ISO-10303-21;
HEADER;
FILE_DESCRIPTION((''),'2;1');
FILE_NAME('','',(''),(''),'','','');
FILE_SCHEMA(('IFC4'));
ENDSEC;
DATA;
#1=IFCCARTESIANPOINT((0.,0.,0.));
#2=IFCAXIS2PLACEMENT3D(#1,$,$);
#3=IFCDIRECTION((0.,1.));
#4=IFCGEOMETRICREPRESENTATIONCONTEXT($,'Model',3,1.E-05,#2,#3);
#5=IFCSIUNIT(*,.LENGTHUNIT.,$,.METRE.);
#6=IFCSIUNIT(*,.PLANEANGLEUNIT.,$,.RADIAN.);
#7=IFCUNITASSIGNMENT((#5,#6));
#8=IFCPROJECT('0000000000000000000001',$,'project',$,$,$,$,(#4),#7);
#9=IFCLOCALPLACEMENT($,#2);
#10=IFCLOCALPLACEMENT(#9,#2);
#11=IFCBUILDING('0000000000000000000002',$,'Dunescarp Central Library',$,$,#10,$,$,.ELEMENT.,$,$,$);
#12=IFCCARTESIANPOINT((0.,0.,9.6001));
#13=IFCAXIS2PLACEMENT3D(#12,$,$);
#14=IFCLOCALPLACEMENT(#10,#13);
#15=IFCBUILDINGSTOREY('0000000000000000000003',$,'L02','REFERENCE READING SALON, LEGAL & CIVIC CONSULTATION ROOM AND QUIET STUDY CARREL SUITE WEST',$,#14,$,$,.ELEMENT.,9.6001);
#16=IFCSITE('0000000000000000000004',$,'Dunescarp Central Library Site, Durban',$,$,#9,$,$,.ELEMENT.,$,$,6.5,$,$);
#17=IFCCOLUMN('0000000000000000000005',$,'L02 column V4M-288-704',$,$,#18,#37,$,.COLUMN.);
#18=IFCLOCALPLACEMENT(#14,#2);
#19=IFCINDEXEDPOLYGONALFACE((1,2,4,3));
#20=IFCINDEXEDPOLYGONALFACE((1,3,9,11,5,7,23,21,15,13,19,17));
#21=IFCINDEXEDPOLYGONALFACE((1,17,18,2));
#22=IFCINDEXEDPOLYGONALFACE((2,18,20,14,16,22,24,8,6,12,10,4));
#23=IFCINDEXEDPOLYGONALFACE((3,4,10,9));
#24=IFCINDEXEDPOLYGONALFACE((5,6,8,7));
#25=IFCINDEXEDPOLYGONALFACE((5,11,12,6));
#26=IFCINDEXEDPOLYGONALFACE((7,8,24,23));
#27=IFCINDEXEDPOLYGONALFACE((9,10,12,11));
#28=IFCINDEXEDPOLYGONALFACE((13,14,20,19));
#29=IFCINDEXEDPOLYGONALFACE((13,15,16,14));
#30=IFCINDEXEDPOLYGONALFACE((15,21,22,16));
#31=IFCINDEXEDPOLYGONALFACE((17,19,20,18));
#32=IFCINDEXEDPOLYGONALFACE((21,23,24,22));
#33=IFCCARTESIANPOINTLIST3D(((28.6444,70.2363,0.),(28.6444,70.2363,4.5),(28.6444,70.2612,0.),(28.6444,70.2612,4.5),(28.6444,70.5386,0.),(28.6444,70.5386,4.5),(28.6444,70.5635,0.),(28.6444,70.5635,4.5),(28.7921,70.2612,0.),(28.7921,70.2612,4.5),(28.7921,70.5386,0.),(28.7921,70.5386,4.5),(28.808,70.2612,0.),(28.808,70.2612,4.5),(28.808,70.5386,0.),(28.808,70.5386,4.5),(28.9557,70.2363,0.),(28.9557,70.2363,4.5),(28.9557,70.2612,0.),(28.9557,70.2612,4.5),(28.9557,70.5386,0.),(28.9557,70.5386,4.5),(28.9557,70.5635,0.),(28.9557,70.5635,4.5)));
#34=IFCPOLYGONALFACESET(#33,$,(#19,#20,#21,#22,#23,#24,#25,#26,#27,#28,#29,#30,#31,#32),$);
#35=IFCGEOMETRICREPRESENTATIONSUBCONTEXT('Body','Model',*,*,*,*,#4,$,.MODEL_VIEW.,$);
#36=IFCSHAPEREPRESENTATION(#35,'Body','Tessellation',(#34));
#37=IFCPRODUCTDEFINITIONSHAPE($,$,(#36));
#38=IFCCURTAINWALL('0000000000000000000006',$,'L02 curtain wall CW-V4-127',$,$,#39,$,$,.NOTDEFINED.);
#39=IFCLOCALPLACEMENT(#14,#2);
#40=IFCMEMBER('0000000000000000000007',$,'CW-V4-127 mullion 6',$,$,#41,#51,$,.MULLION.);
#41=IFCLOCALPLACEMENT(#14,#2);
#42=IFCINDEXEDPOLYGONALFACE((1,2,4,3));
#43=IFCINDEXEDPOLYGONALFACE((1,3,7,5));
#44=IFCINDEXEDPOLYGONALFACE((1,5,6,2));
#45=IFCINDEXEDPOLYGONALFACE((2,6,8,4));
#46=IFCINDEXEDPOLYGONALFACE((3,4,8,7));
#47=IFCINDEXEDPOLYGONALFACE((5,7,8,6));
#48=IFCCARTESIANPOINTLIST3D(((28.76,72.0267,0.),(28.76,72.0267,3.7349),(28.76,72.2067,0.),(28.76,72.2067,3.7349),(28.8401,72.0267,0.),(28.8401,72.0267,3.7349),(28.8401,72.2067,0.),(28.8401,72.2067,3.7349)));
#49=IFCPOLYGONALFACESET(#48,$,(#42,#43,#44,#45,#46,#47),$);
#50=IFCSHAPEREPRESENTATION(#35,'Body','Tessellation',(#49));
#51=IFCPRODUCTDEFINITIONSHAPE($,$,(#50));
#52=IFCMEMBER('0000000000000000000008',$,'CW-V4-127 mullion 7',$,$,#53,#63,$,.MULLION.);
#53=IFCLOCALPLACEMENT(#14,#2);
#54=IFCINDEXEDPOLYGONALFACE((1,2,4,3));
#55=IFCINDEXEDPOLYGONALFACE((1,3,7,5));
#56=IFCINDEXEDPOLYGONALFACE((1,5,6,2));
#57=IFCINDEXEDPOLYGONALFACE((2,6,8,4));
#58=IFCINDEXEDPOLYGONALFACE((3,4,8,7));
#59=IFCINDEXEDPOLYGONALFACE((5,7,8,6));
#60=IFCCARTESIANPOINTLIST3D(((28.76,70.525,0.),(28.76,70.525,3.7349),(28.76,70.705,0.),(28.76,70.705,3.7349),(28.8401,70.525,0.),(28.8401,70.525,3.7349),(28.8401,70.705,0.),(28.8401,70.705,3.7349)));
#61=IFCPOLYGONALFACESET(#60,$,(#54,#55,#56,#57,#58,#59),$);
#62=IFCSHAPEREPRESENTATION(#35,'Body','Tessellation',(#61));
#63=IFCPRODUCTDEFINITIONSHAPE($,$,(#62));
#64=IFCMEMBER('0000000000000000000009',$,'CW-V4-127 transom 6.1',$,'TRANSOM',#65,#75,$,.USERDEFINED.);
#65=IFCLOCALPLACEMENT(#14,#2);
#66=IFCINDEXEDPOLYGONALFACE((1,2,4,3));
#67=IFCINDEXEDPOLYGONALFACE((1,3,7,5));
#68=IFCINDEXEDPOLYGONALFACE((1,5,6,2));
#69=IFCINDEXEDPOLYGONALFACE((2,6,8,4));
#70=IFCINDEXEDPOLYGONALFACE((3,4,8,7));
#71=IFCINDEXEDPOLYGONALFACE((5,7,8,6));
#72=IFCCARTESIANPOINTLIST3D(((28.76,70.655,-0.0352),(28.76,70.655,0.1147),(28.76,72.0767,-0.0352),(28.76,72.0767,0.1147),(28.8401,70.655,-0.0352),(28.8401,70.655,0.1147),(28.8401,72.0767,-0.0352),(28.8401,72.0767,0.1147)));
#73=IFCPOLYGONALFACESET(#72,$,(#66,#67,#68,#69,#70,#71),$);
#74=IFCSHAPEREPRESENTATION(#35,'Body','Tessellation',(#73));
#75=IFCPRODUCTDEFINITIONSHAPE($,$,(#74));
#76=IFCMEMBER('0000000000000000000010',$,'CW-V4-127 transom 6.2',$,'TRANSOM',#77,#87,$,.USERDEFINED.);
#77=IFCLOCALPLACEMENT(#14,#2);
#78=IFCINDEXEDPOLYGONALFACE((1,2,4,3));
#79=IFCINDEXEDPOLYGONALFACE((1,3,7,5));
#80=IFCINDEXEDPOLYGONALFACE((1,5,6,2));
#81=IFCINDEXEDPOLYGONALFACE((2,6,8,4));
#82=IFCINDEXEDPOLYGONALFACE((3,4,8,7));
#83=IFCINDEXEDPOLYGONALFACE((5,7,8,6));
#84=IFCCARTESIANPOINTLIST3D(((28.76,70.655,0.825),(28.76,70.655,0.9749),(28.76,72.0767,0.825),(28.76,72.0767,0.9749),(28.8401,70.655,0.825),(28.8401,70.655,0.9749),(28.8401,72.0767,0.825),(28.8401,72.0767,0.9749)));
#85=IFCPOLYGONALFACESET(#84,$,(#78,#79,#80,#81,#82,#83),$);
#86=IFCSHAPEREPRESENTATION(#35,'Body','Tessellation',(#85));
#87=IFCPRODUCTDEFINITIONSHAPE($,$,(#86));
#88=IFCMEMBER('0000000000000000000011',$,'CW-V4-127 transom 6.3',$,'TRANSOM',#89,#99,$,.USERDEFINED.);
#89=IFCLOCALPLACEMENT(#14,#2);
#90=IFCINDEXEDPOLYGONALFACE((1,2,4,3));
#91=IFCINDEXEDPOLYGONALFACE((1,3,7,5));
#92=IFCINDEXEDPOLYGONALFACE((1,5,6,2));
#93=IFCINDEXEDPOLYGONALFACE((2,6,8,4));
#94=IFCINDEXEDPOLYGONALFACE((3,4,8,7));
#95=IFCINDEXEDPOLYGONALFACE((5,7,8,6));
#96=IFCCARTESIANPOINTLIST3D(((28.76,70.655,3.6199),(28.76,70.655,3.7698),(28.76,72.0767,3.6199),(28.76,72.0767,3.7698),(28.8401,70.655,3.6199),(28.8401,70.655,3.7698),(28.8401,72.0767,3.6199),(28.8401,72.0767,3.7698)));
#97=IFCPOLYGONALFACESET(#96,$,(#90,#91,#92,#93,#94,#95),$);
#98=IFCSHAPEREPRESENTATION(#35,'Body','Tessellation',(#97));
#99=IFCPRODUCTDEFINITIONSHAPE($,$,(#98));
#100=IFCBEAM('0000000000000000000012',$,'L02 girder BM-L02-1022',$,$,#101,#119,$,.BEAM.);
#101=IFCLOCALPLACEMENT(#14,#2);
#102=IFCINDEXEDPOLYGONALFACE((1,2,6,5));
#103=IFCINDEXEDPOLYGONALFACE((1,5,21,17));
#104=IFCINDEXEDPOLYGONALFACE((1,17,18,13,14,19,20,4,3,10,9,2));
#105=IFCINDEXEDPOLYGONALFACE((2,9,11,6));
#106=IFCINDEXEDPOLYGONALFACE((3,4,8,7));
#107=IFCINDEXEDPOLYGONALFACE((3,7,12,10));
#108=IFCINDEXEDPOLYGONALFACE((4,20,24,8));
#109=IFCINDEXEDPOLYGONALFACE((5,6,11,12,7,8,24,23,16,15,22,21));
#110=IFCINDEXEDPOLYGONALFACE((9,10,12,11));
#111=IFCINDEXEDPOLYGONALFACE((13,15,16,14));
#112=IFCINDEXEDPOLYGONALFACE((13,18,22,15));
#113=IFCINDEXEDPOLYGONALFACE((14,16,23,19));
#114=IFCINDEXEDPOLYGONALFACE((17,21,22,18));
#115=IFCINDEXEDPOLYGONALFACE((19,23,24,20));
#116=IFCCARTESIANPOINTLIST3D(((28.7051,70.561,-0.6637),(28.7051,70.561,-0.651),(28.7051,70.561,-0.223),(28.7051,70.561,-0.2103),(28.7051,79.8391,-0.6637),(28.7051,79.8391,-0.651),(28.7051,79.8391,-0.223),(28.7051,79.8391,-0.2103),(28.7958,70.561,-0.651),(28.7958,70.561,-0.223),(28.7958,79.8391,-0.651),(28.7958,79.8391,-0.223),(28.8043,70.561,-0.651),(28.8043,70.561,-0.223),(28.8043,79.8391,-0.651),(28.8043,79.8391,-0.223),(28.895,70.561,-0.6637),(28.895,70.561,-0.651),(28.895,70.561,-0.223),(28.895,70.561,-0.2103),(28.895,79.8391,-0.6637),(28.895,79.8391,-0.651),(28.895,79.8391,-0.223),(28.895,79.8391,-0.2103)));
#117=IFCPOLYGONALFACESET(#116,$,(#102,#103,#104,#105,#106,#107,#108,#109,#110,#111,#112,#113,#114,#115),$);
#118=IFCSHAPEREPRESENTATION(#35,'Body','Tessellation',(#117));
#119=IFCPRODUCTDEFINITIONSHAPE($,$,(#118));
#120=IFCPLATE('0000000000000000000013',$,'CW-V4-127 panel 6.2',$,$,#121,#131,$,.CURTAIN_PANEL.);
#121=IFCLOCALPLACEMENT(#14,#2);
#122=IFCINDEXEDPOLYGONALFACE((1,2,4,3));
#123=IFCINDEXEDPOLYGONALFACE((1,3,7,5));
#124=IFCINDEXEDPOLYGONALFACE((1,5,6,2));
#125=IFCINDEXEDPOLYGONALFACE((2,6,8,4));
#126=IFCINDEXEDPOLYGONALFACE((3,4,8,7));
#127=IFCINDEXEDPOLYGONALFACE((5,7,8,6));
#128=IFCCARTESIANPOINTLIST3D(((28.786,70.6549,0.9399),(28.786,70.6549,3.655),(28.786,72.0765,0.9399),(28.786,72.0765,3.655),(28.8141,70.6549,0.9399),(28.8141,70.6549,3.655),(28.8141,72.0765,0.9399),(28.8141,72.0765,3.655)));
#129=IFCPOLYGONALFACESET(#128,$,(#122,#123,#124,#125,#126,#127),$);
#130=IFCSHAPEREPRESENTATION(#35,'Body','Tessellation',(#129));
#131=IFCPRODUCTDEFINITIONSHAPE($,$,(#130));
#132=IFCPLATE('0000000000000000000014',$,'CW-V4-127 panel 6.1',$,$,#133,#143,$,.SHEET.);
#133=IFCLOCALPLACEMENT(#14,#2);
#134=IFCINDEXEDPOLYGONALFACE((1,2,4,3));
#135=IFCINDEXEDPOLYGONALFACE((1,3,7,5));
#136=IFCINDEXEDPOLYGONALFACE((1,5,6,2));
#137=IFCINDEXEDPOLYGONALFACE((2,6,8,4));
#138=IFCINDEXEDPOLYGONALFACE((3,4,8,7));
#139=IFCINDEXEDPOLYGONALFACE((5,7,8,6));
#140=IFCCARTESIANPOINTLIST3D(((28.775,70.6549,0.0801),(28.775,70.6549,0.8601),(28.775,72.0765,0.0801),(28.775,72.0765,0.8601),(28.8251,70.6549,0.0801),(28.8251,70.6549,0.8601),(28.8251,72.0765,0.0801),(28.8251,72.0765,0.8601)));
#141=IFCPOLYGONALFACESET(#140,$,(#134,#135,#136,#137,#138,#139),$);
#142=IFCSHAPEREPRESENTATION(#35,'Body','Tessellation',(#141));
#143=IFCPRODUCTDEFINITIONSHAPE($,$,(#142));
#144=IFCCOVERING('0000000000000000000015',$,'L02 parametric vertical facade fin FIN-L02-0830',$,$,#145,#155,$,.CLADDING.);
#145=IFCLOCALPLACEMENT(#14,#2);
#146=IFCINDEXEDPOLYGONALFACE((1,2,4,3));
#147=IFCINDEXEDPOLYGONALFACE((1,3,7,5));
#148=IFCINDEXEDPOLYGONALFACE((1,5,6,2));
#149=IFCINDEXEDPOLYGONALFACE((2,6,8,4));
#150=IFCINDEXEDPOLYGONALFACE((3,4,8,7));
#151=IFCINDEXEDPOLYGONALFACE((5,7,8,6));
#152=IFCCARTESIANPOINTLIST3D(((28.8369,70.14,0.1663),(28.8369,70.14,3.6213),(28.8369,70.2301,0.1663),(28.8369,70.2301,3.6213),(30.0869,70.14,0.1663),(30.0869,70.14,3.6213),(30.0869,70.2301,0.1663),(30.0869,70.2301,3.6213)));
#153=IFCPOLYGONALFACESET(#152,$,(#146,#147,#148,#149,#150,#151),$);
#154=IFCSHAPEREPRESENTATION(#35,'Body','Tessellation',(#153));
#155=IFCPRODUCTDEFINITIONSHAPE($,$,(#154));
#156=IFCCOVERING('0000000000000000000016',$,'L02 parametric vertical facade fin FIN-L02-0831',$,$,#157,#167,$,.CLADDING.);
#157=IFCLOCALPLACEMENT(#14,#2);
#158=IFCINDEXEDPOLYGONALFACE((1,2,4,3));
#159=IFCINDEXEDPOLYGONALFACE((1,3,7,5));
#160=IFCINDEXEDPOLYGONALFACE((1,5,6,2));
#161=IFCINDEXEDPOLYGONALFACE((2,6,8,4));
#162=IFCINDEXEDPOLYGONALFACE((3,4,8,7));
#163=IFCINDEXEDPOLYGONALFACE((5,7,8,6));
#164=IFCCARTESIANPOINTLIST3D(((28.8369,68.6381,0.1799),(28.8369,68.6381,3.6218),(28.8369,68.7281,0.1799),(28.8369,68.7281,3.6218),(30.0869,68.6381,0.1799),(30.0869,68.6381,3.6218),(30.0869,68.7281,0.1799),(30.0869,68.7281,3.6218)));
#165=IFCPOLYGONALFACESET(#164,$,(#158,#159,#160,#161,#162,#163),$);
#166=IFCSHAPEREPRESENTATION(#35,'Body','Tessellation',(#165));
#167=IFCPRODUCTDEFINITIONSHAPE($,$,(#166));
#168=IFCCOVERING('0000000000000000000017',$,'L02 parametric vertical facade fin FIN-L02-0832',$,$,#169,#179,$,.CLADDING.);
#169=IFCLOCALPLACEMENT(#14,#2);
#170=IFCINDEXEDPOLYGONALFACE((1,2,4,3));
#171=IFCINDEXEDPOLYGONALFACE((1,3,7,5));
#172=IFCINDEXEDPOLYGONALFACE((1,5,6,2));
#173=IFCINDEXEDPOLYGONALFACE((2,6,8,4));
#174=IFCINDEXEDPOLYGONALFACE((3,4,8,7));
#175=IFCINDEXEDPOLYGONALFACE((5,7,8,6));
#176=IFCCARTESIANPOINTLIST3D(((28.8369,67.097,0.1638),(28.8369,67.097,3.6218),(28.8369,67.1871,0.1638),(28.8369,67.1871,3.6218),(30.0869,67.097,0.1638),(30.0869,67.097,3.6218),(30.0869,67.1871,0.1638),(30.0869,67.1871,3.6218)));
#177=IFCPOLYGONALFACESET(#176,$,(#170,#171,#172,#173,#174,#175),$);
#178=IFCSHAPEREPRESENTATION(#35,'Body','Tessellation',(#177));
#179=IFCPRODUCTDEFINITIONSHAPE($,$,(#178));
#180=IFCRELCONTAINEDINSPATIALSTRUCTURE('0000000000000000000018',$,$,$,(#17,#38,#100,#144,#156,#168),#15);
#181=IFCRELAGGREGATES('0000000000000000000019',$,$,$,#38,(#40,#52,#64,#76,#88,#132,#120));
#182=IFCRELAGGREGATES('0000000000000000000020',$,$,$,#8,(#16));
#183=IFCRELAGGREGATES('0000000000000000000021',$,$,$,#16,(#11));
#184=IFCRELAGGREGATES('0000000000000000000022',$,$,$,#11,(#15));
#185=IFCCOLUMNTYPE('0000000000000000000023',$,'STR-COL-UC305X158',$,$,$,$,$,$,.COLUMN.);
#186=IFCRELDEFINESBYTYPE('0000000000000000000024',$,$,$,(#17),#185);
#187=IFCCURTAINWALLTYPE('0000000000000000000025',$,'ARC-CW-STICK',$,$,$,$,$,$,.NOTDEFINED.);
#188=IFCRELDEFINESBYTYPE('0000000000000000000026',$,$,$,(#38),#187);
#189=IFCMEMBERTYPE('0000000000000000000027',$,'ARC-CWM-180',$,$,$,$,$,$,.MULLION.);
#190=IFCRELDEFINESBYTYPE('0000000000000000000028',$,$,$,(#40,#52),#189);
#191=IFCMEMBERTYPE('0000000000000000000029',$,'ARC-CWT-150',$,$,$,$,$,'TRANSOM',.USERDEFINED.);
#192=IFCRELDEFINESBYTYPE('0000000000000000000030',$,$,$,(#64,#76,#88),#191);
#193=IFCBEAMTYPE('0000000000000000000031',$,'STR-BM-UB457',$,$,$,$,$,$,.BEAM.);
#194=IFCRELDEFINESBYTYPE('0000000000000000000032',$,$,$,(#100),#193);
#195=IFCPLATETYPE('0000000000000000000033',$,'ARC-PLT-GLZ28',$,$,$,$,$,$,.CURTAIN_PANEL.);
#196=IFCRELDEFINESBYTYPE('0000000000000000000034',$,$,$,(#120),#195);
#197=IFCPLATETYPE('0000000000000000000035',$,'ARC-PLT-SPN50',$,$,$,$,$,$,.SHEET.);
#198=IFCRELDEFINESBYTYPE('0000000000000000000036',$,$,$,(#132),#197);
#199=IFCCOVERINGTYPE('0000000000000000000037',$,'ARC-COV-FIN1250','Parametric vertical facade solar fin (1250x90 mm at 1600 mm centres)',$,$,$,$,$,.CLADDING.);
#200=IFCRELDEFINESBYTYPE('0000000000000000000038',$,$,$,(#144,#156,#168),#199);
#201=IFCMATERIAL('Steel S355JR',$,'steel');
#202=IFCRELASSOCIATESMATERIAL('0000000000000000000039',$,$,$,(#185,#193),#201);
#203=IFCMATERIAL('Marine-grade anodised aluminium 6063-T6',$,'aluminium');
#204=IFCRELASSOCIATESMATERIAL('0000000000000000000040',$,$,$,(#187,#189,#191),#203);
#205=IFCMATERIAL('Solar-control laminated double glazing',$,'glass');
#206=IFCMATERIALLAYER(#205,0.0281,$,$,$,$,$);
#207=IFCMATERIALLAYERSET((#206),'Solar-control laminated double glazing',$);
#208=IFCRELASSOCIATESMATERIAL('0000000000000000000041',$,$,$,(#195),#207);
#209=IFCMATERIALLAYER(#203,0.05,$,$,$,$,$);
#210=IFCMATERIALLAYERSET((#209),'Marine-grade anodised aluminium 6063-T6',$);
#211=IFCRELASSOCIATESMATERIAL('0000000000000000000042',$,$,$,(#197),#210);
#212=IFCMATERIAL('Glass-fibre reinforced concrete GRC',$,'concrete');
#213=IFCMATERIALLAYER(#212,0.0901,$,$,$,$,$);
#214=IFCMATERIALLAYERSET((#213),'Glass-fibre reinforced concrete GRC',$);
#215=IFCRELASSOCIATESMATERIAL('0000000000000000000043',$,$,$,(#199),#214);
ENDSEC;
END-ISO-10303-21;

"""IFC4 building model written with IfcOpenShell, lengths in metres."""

from ifc_helpers import new_model, si_unit, direction, frame, origin, origin_2d, place, context, subcontext, project, spatial, rectangle, i_section, extrude, material, layer, layer_set, material_profile, profile_set, type_object, element, aggregate, save


model = new_model("IFC4")

# Units and contexts
model_context = context("Model", 3, precision=1e-05, world=origin(), true_north=direction((0.0, 1.0)))
body_context = subcontext(model_context, "Body", "Model", "MODEL_VIEW")
ifc_project = project(units=[si_unit("LENGTHUNIT", "METRE"), si_unit("PLANEANGLEUNIT", "RADIAN")], contexts=[model_context])

# Site, building, storey
site_placement = place(None, origin())
site = spatial("IfcSite", under=ifc_project, at=site_placement, Name="Dunescarp Central Library Site, Durban", CompositionType="ELEMENT", RefElevation=6.5)
building_placement = place(site_placement, origin())
building = spatial("IfcBuilding", under=site, at=building_placement, Name="Dunescarp Central Library", CompositionType="ELEMENT")
storey_placement = place(building_placement, frame((0.0, 0.0, 9.6001)))
storey = spatial("IfcBuildingStorey", under=building, at=storey_placement, Name="L02", Description="REFERENCE READING SALON, LEGAL & CIVIC CONSULTATION ROOM AND QUIET STUDY CARREL SUITE WEST", CompositionType="ELEMENT", Elevation=9.6001)

# Column
ifc_material_1 = material(Name="Steel S355JR", Category="steel")
ifc_material_profile_1 = material_profile(ifc_material_1, i_section(OverallWidth=0.3113, OverallDepth=0.3271, WebThickness=0.0159, FlangeThickness=0.0249, at=origin_2d()), Name="UC 305x305x158")
ifc_profile_set_1 = profile_set([ifc_material_profile_1], Name="Steel S355JR")
column_type = type_object("IfcColumnType", Name="STR-COL-UC305X158", PredefinedType="COLUMN", material=ifc_profile_set_1)
column_placement = place(storey_placement, frame((28.8, 70.3999, 0.0), z_axis=(0.0, 0.0, 1.0), x_axis=(1.0, 0.0, 0.0)))
element("IfcColumn", 1, at=column_placement, inside=storey, type_object=column_type, Name="L02 column V4M-288-704", PredefinedType="COLUMN", context=body_context, shape_type="SweptSolid", body=[
    extrude(i_section(OverallWidth=0.3113, OverallDepth=0.3271, WebThickness=0.0159, FlangeThickness=0.0249, at=origin_2d()), origin(), (0.0, 0.0, 1.0), 4.5),
])

# Curtain wall, members
ifc_material_2 = material(Name="Marine-grade anodised aluminium 6063-T6", Category="aluminium")
curtain_wall_type = type_object("IfcCurtainWallType", Name="ARC-CW-STICK", PredefinedType="NOTDEFINED", material=ifc_material_2)
curtain_wall_placement = place(storey_placement, origin())
curtain_wall = element("IfcCurtainWall", 2, at=curtain_wall_placement, inside=storey, type_object=curtain_wall_type, Name="L02 curtain wall CW-V4-127", PredefinedType="NOTDEFINED")
ifc_material_profile_2 = material_profile(ifc_material_2, rectangle(XDim=0.0801, YDim=0.1799, at=origin_2d()), Name="AL 80x180")
ifc_profile_set_2 = profile_set([ifc_material_profile_2], Name="Marine-grade anodised aluminium 6063-T6")
member_type_1 = type_object("IfcMemberType", Name="ARC-CWM-180", PredefinedType="MULLION", material=ifc_profile_set_2)
member_1_placement = place(storey_placement, frame((28.8, 72.1167, 0.0), z_axis=(0.0, 0.0, 1.0), x_axis=(1.0, 0.0, 0.0)))
member_1 = element("IfcMember", 3, at=member_1_placement, type_object=member_type_1, Name="CW-V4-127 mullion 6", PredefinedType="MULLION", context=body_context, shape_type="SweptSolid", body=[
    extrude(rectangle(XDim=0.0801, YDim=0.1799, at=origin_2d()), origin(), (0.0, 0.0, 1.0), 3.7349),
])
member_2_placement = place(storey_placement, frame((28.8, 70.615, 0.0), z_axis=(0.0, 0.0, 1.0), x_axis=(1.0, 0.0, 0.0)))
member_2 = element("IfcMember", 4, at=member_2_placement, type_object=member_type_1, Name="CW-V4-127 mullion 7", PredefinedType="MULLION", context=body_context, shape_type="SweptSolid", body=[
    extrude(rectangle(XDim=0.0801, YDim=0.1799, at=origin_2d()), origin(), (0.0, 0.0, 1.0), 3.7349),
])
ifc_material_profile_3 = material_profile(ifc_material_2, rectangle(XDim=0.0801, YDim=0.1499, at=origin_2d()), Name="AL 80x150")
ifc_profile_set_3 = profile_set([ifc_material_profile_3], Name="Marine-grade anodised aluminium 6063-T6")
member_type_2 = type_object("IfcMemberType", Name="ARC-CWT-150", ElementType="TRANSOM", PredefinedType="USERDEFINED", material=ifc_profile_set_3)
member_3_placement = place(storey_placement, frame((28.8, 72.0767, 0.0398), z_axis=(0.0, -1.0, 0.0), x_axis=(1.0, 0.0, 0.0)))
member_3 = element("IfcMember", 5, at=member_3_placement, type_object=member_type_2, Name="CW-V4-127 transom 6.1", ObjectType="TRANSOM", PredefinedType="USERDEFINED", context=body_context, shape_type="SweptSolid", body=[
    extrude(rectangle(XDim=0.0801, YDim=0.1499, at=origin_2d()), origin(), (0.0, 0.0, 1.0), 1.4216),
])
member_4_placement = place(storey_placement, frame((28.8, 72.0767, 0.8999), z_axis=(0.0, -1.0, 0.0), x_axis=(1.0, 0.0, 0.0)))
member_4 = element("IfcMember", 6, at=member_4_placement, type_object=member_type_2, Name="CW-V4-127 transom 6.2", ObjectType="TRANSOM", PredefinedType="USERDEFINED", context=body_context, shape_type="SweptSolid", body=[
    extrude(rectangle(XDim=0.0801, YDim=0.1499, at=origin_2d()), origin(), (0.0, 0.0, 1.0), 1.4216),
])
member_5_placement = place(storey_placement, frame((28.8, 72.0767, 3.6948), z_axis=(0.0, -1.0, 0.0), x_axis=(1.0, 0.0, 0.0)))
member_5 = element("IfcMember", 7, at=member_5_placement, type_object=member_type_2, Name="CW-V4-127 transom 6.3", ObjectType="TRANSOM", PredefinedType="USERDEFINED", context=body_context, shape_type="SweptSolid", body=[
    extrude(rectangle(XDim=0.0801, YDim=0.1499, at=origin_2d()), origin(), (0.0, 0.0, 1.0), 1.4216),
])

# Beam
ifc_material_profile_4 = material_profile(ifc_material_1, i_section(OverallWidth=0.1899, OverallDepth=0.4534, WebThickness=0.0085, FlangeThickness=0.0127, at=origin_2d()), Name="UB 457x191x67")
ifc_profile_set_4 = profile_set([ifc_material_profile_4], Name="Steel S355JR")
beam_type = type_object("IfcBeamType", Name="STR-BM-UB457", PredefinedType="BEAM", material=ifc_profile_set_4)
beam_placement = place(storey_placement, frame((28.8, 70.561, -0.437), z_axis=(0.0, 1.0, 0.0), x_axis=(-1.0, 0.0, 0.0)))
element("IfcBeam", 8, at=beam_placement, inside=storey, type_object=beam_type, Name="L02 girder BM-L02-1022", PredefinedType="BEAM", context=body_context, shape_type="SweptSolid", body=[
    extrude(i_section(OverallWidth=0.1899, OverallDepth=0.4534, WebThickness=0.0085, FlangeThickness=0.0127, at=origin_2d()), origin(), (0.0, 0.0, 1.0), 9.2781),
])

# Plates
ifc_material_3 = material(Name="Solar-control laminated double glazing", Category="glass")
ifc_layer_1 = layer(ifc_material_3, 0.0281)
ifc_layer_set_1 = layer_set([ifc_layer_1], Name="Solar-control laminated double glazing")
plate_type_1 = type_object("IfcPlateType", Name="ARC-PLT-GLZ28", PredefinedType="CURTAIN_PANEL", material=ifc_layer_set_1)
plate_1_placement = place(storey_placement, frame((28.8, 71.3657, 0.9399), z_axis=(0.0, 0.0, 1.0), x_axis=(0.0, -1.0, 0.0)))
plate_1 = element("IfcPlate", 9, at=plate_1_placement, type_object=plate_type_1, Name="CW-V4-127 panel 6.2", PredefinedType="CURTAIN_PANEL", context=body_context, shape_type="SweptSolid", body=[
    extrude(rectangle(XDim=1.4216, YDim=0.0281, at=origin_2d()), origin(), (0.0, 0.0, 1.0), 2.7151),
])
ifc_layer_2 = layer(ifc_material_2, 0.05)
ifc_layer_set_2 = layer_set([ifc_layer_2], Name="Marine-grade anodised aluminium 6063-T6")
plate_type_2 = type_object("IfcPlateType", Name="ARC-PLT-SPN50", PredefinedType="SHEET", material=ifc_layer_set_2)
plate_2_placement = place(storey_placement, frame((28.8, 71.3657, 0.0801), z_axis=(0.0, 0.0, 1.0), x_axis=(0.0, -1.0, 0.0)))
plate_2 = element("IfcPlate", 10, at=plate_2_placement, type_object=plate_type_2, Name="CW-V4-127 panel 6.1", PredefinedType="SHEET", context=body_context, shape_type="SweptSolid", body=[
    extrude(rectangle(XDim=1.4216, YDim=0.05, at=origin_2d()), origin(), (0.0, 0.0, 1.0), 0.78),
])
aggregate(curtain_wall, [member_1, member_2, member_3, member_4, member_5, plate_2, plate_1])

# Coverings
ifc_material_4 = material(Name="Glass-fibre reinforced concrete GRC", Category="concrete")
ifc_layer_3 = layer(ifc_material_4, 0.0901)
ifc_layer_set_3 = layer_set([ifc_layer_3], Name="Glass-fibre reinforced concrete GRC")
covering_type = type_object("IfcCoveringType", Name="ARC-COV-FIN1250", Description="Parametric vertical facade solar fin (1250x90 mm at 1600 mm centres)", PredefinedType="CLADDING", material=ifc_layer_set_3)
covering_1_placement = place(storey_placement, frame((29.4619, 70.1851, 0.1663), z_axis=(0.0, 0.0, 1.0), x_axis=(1.0, 0.0, 0.0)))
element("IfcCovering", 11, at=covering_1_placement, inside=storey, type_object=covering_type, Name="L02 parametric vertical facade fin FIN-L02-0830", PredefinedType="CLADDING", context=body_context, shape_type="SweptSolid", body=[
    extrude(rectangle(XDim=1.25, YDim=0.0901, at=origin_2d()), origin(), (0.0, 0.0, 1.0), 3.4551),
])
covering_2_placement = place(storey_placement, frame((29.4619, 68.6831, 0.1799), z_axis=(0.0, 0.0, 1.0), x_axis=(1.0, 0.0, 0.0)))
element("IfcCovering", 12, at=covering_2_placement, inside=storey, type_object=covering_type, Name="L02 parametric vertical facade fin FIN-L02-0831", PredefinedType="CLADDING", context=body_context, shape_type="SweptSolid", body=[
    extrude(rectangle(XDim=1.25, YDim=0.0901, at=origin_2d()), origin(), (0.0, 0.0, 1.0), 3.4419),
])
covering_3_placement = place(storey_placement, frame((29.4619, 67.1421, 0.1638), z_axis=(0.0, 0.0, 1.0), x_axis=(1.0, 0.0, 0.0)))
element("IfcCovering", 13, at=covering_3_placement, inside=storey, type_object=covering_type, Name="L02 parametric vertical facade fin FIN-L02-0832", PredefinedType="CLADDING", context=body_context, shape_type="SweptSolid", body=[
    extrude(rectangle(XDim=1.25, YDim=0.0901, at=origin_2d()), origin(), (0.0, 0.0, 1.0), 3.458),
])

save(model, "model.ifc")
